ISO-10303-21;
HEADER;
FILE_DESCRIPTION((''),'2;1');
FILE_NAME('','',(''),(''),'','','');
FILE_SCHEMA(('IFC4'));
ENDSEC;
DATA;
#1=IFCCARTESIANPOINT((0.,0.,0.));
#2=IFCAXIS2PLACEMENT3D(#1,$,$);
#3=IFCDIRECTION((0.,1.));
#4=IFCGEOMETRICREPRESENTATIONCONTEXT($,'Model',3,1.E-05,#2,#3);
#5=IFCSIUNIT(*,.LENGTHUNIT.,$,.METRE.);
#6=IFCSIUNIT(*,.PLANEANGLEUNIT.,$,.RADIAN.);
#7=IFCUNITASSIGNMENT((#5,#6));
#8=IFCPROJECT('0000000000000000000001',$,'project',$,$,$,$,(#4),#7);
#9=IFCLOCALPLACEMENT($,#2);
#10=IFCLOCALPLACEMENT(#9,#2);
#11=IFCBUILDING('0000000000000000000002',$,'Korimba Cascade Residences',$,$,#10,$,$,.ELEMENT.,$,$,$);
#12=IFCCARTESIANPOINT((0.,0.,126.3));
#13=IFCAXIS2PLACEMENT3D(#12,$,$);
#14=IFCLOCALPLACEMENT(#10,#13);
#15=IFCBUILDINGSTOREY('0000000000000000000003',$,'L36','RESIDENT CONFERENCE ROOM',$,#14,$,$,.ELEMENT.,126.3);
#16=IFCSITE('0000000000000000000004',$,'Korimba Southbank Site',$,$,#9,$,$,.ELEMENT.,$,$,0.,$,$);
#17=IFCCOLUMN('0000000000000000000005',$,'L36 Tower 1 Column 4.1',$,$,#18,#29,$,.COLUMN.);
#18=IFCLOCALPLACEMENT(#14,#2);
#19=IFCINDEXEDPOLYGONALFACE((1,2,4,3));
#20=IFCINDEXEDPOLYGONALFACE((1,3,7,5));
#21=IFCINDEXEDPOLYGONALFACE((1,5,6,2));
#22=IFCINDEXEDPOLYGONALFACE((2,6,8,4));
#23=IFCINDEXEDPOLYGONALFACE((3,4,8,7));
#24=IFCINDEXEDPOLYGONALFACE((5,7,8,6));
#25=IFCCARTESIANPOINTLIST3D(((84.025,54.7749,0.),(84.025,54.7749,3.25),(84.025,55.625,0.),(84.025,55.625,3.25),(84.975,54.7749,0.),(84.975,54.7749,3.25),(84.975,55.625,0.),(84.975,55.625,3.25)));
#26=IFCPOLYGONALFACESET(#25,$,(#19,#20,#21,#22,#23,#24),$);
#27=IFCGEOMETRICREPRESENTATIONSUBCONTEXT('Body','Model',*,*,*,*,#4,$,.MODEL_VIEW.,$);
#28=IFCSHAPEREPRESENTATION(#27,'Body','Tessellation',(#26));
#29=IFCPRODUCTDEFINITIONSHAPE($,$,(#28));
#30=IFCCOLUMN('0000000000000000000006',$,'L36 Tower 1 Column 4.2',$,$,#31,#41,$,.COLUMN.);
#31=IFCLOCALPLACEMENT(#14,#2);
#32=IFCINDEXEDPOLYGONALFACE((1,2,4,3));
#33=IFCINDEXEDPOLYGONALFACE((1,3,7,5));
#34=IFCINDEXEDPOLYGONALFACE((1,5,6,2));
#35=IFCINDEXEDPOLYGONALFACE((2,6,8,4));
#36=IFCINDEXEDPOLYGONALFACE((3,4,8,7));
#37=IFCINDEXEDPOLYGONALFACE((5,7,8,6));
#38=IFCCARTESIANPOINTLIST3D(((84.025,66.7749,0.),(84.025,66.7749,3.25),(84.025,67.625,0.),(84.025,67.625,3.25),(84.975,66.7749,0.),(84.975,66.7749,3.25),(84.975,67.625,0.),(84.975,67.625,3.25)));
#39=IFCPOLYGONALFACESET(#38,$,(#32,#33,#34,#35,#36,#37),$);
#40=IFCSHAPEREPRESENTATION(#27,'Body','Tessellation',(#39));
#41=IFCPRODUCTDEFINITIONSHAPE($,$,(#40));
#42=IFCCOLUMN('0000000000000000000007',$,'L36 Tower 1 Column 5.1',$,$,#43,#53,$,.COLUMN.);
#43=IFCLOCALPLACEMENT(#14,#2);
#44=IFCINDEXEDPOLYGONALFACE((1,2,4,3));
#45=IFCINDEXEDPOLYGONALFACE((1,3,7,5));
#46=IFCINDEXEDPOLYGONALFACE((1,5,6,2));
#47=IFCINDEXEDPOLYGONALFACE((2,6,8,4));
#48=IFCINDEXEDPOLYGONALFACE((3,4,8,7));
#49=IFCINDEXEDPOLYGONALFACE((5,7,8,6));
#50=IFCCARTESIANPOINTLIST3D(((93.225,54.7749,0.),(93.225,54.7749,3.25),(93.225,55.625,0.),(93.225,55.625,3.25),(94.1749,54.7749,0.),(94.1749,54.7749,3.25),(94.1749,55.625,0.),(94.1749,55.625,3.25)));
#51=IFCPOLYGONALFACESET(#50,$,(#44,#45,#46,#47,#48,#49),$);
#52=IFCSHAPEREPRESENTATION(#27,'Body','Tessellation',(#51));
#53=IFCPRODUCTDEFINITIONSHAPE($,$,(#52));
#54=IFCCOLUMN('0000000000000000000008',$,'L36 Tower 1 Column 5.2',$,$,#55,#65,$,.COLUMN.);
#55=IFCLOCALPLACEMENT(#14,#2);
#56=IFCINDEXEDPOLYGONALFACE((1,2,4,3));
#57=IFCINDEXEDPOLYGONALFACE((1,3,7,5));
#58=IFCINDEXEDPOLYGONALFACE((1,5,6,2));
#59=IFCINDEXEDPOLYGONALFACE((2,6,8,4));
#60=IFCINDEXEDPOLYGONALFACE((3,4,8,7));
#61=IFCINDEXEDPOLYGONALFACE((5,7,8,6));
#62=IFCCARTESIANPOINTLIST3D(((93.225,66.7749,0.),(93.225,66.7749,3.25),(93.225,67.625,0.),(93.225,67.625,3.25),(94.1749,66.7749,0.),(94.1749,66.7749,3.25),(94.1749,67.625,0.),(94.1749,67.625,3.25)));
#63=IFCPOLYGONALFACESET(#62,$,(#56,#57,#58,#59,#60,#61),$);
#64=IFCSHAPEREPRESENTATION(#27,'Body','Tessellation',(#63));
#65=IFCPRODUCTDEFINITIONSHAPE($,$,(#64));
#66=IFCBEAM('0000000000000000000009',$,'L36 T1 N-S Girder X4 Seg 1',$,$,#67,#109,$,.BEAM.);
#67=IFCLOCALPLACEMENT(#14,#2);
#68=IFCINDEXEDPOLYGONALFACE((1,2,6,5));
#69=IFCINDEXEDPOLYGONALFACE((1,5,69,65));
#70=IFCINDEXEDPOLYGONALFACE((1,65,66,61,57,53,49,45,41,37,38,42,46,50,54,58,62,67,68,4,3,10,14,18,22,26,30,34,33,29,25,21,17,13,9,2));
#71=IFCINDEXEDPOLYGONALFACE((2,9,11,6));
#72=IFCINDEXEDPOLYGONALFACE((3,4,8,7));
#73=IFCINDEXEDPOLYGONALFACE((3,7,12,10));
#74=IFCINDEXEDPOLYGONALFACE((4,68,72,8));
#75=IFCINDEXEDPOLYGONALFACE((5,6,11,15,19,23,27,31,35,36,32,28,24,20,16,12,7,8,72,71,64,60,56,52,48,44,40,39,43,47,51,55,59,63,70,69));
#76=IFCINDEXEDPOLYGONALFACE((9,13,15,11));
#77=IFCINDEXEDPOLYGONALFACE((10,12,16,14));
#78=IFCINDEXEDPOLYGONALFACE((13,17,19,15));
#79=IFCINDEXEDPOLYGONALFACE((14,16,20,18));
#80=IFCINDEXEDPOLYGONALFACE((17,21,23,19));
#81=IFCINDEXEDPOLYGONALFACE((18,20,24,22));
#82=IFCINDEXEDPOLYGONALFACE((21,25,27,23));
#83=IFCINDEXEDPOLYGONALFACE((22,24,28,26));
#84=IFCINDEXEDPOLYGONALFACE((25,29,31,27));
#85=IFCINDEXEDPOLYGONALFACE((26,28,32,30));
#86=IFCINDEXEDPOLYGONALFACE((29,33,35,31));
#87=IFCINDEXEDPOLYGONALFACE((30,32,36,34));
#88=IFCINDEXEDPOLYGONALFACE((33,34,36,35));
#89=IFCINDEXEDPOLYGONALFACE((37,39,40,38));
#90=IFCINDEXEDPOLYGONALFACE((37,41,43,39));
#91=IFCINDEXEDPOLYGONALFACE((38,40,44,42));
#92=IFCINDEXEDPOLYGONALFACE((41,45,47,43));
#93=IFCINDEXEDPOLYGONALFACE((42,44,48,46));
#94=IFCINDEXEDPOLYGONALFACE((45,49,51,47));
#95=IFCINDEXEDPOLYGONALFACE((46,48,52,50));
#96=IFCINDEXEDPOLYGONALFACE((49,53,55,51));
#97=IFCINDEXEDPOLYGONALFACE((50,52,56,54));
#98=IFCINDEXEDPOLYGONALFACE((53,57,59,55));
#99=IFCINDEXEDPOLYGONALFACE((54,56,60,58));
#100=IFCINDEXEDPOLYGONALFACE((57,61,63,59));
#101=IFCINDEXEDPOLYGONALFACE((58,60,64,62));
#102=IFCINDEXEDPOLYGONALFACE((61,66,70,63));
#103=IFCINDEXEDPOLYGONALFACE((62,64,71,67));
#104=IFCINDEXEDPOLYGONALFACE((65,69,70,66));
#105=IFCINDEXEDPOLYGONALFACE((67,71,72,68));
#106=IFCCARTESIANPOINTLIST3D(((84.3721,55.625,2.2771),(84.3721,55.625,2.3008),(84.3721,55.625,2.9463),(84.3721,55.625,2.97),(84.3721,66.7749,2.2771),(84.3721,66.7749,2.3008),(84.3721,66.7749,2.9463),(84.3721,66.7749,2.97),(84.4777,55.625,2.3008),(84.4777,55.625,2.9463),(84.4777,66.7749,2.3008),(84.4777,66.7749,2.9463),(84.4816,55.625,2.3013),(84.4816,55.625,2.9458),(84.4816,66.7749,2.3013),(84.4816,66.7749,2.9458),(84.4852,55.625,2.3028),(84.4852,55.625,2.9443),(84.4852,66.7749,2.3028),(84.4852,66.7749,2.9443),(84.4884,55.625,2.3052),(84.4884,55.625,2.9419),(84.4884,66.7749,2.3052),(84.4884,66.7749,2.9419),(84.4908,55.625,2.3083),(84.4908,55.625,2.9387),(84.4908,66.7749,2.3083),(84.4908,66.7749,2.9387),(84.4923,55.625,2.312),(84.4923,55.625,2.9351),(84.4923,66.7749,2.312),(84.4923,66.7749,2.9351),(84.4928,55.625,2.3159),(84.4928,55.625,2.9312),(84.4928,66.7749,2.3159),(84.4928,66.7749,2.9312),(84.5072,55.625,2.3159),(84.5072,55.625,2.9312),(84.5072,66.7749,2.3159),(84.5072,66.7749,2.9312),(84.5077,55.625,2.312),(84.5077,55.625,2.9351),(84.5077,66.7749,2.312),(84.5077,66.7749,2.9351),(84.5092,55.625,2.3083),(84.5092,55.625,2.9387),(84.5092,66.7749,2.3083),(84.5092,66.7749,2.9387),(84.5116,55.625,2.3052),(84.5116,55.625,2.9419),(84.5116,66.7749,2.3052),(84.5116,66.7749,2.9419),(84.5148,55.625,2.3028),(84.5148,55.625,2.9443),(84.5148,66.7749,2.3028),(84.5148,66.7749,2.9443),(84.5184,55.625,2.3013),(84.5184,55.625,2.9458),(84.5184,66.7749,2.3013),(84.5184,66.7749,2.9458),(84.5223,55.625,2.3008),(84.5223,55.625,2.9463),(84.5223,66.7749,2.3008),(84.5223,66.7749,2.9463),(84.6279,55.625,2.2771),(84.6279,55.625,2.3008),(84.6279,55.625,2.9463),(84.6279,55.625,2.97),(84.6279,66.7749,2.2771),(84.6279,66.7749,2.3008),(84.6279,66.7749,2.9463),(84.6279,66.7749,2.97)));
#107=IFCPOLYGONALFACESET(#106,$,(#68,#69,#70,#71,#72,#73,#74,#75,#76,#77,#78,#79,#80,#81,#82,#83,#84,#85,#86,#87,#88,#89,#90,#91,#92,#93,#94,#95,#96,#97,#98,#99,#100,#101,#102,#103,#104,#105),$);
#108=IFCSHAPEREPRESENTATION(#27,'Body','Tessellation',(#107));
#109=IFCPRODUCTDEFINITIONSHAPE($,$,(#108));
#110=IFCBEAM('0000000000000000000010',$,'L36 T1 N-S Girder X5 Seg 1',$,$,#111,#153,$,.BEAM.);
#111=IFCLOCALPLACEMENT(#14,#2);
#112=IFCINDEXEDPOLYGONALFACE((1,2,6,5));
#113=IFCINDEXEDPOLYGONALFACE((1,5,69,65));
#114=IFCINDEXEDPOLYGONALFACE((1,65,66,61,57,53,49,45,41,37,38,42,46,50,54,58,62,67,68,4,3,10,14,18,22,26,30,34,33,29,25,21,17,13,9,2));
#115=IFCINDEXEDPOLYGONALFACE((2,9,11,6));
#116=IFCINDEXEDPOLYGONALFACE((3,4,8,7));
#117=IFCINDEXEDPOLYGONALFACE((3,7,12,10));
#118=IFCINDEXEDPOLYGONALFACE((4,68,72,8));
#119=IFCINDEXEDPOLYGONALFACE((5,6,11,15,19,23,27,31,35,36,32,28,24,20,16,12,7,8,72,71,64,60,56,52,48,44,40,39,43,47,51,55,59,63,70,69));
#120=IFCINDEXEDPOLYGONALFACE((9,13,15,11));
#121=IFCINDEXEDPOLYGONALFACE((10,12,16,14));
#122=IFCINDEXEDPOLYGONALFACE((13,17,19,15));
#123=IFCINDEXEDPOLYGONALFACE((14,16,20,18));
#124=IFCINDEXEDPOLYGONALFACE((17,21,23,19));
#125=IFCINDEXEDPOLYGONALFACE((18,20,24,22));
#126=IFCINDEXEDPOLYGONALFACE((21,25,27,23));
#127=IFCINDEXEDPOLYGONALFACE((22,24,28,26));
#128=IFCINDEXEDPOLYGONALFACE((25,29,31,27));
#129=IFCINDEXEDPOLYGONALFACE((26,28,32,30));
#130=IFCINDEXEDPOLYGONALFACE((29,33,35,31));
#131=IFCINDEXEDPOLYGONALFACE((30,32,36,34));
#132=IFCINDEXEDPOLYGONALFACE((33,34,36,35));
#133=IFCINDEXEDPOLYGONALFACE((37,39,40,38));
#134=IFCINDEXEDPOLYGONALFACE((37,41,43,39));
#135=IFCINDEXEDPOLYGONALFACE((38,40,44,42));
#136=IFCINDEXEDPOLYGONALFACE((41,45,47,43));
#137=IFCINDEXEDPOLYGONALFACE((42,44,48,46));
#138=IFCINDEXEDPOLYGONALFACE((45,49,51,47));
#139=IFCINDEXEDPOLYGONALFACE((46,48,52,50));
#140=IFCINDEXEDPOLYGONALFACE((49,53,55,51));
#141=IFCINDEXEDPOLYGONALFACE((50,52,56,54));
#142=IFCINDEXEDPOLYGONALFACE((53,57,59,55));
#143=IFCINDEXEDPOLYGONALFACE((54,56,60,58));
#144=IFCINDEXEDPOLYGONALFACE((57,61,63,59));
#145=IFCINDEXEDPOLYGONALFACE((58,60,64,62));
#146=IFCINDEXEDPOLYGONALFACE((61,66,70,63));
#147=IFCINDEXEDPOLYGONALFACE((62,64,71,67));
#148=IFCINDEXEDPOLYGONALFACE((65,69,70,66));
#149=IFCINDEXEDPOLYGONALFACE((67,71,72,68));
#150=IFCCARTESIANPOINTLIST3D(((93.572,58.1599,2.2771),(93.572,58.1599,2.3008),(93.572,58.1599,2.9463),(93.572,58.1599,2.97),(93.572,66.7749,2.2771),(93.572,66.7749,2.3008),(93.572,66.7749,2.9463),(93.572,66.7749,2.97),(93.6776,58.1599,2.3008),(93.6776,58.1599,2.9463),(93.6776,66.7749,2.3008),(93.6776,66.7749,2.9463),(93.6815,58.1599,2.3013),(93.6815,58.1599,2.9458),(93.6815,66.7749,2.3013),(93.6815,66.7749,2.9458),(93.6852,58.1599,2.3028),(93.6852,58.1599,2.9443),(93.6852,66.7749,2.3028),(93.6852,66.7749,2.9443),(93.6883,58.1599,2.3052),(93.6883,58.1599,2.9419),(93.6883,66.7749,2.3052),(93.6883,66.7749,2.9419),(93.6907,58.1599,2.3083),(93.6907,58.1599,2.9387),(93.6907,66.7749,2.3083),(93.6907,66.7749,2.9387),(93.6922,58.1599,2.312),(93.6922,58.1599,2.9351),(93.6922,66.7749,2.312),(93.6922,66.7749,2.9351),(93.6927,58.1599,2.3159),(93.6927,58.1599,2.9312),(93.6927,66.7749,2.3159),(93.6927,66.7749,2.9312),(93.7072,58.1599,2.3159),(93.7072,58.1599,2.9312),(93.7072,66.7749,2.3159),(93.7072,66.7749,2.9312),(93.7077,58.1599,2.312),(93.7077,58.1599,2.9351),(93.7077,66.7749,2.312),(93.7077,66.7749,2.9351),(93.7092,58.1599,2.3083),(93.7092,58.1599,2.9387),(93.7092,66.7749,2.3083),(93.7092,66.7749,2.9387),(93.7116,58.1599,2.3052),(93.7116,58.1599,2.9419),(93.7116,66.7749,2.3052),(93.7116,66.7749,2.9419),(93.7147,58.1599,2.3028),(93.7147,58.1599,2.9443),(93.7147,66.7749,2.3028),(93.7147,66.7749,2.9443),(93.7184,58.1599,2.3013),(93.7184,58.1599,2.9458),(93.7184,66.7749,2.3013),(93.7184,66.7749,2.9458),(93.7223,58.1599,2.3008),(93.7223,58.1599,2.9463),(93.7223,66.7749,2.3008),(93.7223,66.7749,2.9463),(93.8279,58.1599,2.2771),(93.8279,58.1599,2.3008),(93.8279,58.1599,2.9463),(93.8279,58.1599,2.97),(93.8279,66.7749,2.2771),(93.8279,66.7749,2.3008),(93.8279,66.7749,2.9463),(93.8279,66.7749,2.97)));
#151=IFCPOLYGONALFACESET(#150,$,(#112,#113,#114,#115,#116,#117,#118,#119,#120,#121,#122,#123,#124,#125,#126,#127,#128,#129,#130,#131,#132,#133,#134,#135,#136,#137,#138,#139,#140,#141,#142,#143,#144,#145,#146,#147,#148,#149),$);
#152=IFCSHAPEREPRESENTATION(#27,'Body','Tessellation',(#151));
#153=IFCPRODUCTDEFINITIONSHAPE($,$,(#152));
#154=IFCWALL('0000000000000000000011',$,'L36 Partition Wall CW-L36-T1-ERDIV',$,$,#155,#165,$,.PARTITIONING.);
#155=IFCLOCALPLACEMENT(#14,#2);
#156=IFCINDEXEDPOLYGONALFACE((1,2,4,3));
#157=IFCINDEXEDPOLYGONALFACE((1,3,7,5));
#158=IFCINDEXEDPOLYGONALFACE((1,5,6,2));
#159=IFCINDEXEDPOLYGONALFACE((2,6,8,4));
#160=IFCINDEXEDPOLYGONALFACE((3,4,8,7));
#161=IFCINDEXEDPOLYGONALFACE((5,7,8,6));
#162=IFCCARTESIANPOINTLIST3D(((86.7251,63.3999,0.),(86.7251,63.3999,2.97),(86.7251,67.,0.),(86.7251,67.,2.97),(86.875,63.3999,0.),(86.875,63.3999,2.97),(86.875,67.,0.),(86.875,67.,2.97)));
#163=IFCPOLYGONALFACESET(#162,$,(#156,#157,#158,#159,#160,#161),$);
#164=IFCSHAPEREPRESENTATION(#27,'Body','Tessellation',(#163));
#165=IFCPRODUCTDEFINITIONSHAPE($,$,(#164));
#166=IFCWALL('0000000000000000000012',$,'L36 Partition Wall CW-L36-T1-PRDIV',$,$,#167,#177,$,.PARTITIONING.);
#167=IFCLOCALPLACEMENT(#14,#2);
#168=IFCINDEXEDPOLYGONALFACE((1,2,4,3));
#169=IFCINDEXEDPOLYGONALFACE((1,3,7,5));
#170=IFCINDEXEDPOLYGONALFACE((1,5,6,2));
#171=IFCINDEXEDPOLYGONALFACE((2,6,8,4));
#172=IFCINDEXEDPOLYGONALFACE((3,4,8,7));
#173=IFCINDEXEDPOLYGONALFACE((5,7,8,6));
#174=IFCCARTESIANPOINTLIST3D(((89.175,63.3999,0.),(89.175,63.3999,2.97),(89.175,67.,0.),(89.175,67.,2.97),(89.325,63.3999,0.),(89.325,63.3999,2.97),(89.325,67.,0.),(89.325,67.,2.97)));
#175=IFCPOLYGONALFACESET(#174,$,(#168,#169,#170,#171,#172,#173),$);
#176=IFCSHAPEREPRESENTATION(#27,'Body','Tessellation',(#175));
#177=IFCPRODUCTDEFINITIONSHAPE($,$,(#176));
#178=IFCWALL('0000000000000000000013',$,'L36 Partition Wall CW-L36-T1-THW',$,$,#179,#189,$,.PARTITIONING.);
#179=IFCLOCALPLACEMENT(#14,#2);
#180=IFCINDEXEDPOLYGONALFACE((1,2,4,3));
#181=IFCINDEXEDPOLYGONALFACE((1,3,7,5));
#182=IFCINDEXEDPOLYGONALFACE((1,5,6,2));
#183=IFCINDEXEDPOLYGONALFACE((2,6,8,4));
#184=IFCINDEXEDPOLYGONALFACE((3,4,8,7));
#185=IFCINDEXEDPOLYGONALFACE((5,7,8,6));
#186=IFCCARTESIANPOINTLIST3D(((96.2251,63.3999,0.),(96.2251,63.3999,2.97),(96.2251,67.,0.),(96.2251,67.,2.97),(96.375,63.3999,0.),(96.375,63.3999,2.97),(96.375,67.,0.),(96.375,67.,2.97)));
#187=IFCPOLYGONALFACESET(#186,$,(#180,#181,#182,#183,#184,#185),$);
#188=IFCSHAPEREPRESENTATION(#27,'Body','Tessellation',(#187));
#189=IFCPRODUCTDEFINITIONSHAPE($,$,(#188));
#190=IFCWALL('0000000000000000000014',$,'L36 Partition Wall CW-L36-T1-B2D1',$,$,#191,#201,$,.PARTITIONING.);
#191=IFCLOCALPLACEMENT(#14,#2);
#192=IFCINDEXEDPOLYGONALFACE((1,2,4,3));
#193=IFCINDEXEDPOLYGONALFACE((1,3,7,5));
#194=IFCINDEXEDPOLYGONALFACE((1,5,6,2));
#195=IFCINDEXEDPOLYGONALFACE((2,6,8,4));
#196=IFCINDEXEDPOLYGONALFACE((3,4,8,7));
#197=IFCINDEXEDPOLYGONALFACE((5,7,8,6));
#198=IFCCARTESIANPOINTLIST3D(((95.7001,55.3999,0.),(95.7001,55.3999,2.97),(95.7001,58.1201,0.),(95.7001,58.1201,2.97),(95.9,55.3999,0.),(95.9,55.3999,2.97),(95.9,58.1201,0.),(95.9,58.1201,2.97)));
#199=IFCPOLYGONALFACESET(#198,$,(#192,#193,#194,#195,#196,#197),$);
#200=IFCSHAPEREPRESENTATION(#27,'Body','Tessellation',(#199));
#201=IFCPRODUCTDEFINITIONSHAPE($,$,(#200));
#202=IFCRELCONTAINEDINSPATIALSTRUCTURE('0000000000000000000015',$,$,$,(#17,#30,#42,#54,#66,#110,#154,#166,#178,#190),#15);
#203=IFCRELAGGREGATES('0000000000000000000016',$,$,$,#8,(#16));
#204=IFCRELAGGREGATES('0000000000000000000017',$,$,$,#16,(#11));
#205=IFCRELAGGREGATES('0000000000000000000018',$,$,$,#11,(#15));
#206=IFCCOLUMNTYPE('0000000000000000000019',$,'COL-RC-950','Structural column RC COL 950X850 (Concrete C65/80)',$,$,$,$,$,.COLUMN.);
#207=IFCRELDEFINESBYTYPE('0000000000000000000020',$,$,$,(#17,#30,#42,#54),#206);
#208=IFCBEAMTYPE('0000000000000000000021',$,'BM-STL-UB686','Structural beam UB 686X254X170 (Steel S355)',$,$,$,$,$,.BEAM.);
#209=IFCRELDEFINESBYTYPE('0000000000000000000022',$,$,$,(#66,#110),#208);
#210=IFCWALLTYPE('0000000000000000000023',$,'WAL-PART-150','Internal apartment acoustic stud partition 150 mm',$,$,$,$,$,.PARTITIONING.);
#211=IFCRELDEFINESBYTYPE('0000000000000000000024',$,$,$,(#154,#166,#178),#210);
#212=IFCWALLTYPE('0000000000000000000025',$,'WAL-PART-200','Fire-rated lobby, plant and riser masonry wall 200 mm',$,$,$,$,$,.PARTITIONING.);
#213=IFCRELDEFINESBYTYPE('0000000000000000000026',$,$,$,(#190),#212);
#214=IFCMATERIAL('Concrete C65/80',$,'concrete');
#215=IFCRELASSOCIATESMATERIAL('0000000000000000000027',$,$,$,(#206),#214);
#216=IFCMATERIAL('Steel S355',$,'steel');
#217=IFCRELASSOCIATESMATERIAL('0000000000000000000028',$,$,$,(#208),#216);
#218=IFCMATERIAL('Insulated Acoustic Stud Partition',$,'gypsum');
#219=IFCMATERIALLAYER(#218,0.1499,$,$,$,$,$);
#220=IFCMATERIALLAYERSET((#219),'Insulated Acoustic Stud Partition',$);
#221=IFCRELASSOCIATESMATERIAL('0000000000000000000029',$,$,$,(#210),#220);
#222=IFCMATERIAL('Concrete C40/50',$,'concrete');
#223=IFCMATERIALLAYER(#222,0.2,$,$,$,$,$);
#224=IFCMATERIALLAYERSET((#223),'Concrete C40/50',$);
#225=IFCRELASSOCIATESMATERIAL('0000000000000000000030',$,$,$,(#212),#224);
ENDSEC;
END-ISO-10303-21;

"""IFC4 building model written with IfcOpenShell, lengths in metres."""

from ifc_helpers import new_model, si_unit, direction, frame, frame_2d, origin, origin_2d, place, context, subcontext, project, spatial, rectangle, i_section, extrude, material, layer, layer_set, material_profile, profile_set, type_object, element, save


model = new_model("IFC4")

# Units and contexts
model_context = context("Model", 3, precision=1e-05, world=origin(), true_north=direction((0.0, 1.0)))
body_context = subcontext(model_context, "Body", "Model", "MODEL_VIEW")
ifc_project = project(units=[si_unit("LENGTHUNIT", "METRE"), si_unit("PLANEANGLEUNIT", "RADIAN")], contexts=[model_context])

# Site, building, storey
site_placement = place(None, origin())
site = spatial("IfcSite", under=ifc_project, at=site_placement, Name="Korimba Southbank Site", CompositionType="ELEMENT", RefElevation=0.0)
building_placement = place(site_placement, origin())
building = spatial("IfcBuilding", under=site, at=building_placement, Name="Korimba Cascade Residences", CompositionType="ELEMENT")
storey_placement = place(building_placement, frame((0.0, 0.0, 126.3)))
storey = spatial("IfcBuildingStorey", under=building, at=storey_placement, Name="L36", Description="RESIDENT CONFERENCE ROOM", CompositionType="ELEMENT", Elevation=126.3)

# Columns
ifc_material_1 = material(Name="Concrete C65/80", Category="concrete")
ifc_material_profile_1 = material_profile(ifc_material_1, rectangle(XDim=0.95, YDim=0.8501, at=origin_2d()), Name="Concrete C65/80")
ifc_profile_set_1 = profile_set([ifc_material_profile_1], Name="Concrete C65/80")
column_type = type_object("IfcColumnType", Name="COL-RC-950", Description="Structural column RC COL 950X850 (Concrete C65/80)", PredefinedType="COLUMN", material=ifc_profile_set_1)
for number, where, z_axis, x_axis, name in (
    (1, (84.5, 55.2, 0.0), (0.0, 0.0, 1.0), (1.0, 0.0, 0.0), "L36 Tower 1 Column 4.1"),
    (2, (84.5, 67.2, 0.0), (0.0, 0.0, 1.0), (1.0, 0.0, 0.0), "L36 Tower 1 Column 4.2"),
    (3, (93.7, 55.2, 0.0), (0.0, 0.0, 1.0), (1.0, 0.0, 0.0), "L36 Tower 1 Column 5.1"),
    (4, (93.7, 67.2, 0.0), (0.0, 0.0, 1.0), (1.0, 0.0, 0.0), "L36 Tower 1 Column 5.2"),
):
    element("IfcColumn", number, at=place(storey_placement, frame(where, z_axis=z_axis, x_axis=x_axis)), inside=storey, type_object=column_type, Name=name, PredefinedType="COLUMN", context=body_context, shape_type="SweptSolid", body=[
        extrude(rectangle(XDim=0.95, YDim=0.8501, at=origin_2d()), origin(), (0.0, 0.0, 1.0), 3.25),
    ])

# Beams
ifc_material_2 = material(Name="Steel S355", Category="steel")
ifc_material_profile_2 = material_profile(ifc_material_2, i_section(OverallWidth=0.2559, OverallDepth=0.6929, WebThickness=0.0144, FlangeThickness=0.0237, FilletRadius=0.0151, at=origin_2d()), Name="Steel S355")
ifc_profile_set_2 = profile_set([ifc_material_profile_2], Name="Steel S355")
beam_type = type_object("IfcBeamType", Name="BM-STL-UB686", Description="Structural beam UB 686X254X170 (Steel S355)", PredefinedType="BEAM", material=ifc_profile_set_2)
beam_1_placement = place(storey_placement, frame((84.5, 55.625, 2.6235), z_axis=(0.0, 1.0, 0.0), x_axis=(-1.0, 0.0, 0.0)))
element("IfcBeam", 5, at=beam_1_placement, inside=storey, type_object=beam_type, Name="L36 T1 N-S Girder X4 Seg 1", PredefinedType="BEAM", context=body_context, shape_type="SweptSolid", body=[
    extrude(i_section(OverallWidth=0.2559, OverallDepth=0.6929, WebThickness=0.0144, FlangeThickness=0.0237, FilletRadius=0.0151, at=origin_2d()), origin(), (0.0, 0.0, 1.0), 11.1499),
])
beam_2_placement = place(storey_placement, frame((93.7, 58.1599, 2.6235), z_axis=(0.0, 1.0, 0.0), x_axis=(-1.0, 0.0, 0.0)))
element("IfcBeam", 6, at=beam_2_placement, inside=storey, type_object=beam_type, Name="L36 T1 N-S Girder X5 Seg 1", PredefinedType="BEAM", context=body_context, shape_type="SweptSolid", body=[
    extrude(i_section(OverallWidth=0.2559, OverallDepth=0.6929, WebThickness=0.0144, FlangeThickness=0.0237, FilletRadius=0.0151, at=origin_2d()), origin(), (0.0, 0.0, 1.0), 8.615),
])

# Walls
ifc_material_3 = material(Name="Insulated Acoustic Stud Partition", Category="gypsum")
ifc_layer_1 = layer(ifc_material_3, 0.1499)
ifc_layer_set_1 = layer_set([ifc_layer_1], Name="Insulated Acoustic Stud Partition")
wall_type_1 = type_object("IfcWallType", Name="WAL-PART-150", Description="Internal apartment acoustic stud partition 150 mm", PredefinedType="PARTITIONING", material=ifc_layer_set_1)
for number, where, z_axis, x_axis, name in (
    (7, (86.8, 63.3999, 0.0), (0.0, 0.0, 1.0), (0.0, 1.0, 0.0), "L36 Partition Wall CW-L36-T1-ERDIV"),
    (8, (89.25, 63.3999, 0.0), (0.0, 0.0, 1.0), (0.0, 1.0, 0.0), "L36 Partition Wall CW-L36-T1-PRDIV"),
    (9, (96.3, 63.3999, 0.0), (0.0, 0.0, 1.0), (0.0, 1.0, 0.0), "L36 Partition Wall CW-L36-T1-THW"),
):
    element("IfcWall", number, at=place(storey_placement, frame(where, z_axis=z_axis, x_axis=x_axis)), inside=storey, type_object=wall_type_1, Name=name, PredefinedType="PARTITIONING", context=body_context, shape_type="SweptSolid", body=[
        extrude(rectangle(XDim=3.6001, YDim=0.1499, at=frame_2d((1.8, 0.0))), origin(), (0.0, 0.0, 1.0), 2.97),
    ])
ifc_material_4 = material(Name="Concrete C40/50", Category="concrete")
ifc_layer_2 = layer(ifc_material_4, 0.2)
ifc_layer_set_2 = layer_set([ifc_layer_2], Name="Concrete C40/50")
wall_type_2 = type_object("IfcWallType", Name="WAL-PART-200", Description="Fire-rated lobby, plant and riser masonry wall 200 mm", PredefinedType="PARTITIONING", material=ifc_layer_set_2)
wall_1_placement = place(storey_placement, frame((95.8, 55.3999, 0.0), z_axis=(0.0, 0.0, 1.0), x_axis=(0.0, 1.0, 0.0)))
element("IfcWall", 10, at=wall_1_placement, inside=storey, type_object=wall_type_2, Name="L36 Partition Wall CW-L36-T1-B2D1", PredefinedType="PARTITIONING", context=body_context, shape_type="SweptSolid", body=[
    extrude(rectangle(XDim=2.7202, YDim=0.2, at=frame_2d((1.3601, 0.0))), origin(), (0.0, 0.0, 1.0), 2.97),
])

save(model, "model.ifc")
